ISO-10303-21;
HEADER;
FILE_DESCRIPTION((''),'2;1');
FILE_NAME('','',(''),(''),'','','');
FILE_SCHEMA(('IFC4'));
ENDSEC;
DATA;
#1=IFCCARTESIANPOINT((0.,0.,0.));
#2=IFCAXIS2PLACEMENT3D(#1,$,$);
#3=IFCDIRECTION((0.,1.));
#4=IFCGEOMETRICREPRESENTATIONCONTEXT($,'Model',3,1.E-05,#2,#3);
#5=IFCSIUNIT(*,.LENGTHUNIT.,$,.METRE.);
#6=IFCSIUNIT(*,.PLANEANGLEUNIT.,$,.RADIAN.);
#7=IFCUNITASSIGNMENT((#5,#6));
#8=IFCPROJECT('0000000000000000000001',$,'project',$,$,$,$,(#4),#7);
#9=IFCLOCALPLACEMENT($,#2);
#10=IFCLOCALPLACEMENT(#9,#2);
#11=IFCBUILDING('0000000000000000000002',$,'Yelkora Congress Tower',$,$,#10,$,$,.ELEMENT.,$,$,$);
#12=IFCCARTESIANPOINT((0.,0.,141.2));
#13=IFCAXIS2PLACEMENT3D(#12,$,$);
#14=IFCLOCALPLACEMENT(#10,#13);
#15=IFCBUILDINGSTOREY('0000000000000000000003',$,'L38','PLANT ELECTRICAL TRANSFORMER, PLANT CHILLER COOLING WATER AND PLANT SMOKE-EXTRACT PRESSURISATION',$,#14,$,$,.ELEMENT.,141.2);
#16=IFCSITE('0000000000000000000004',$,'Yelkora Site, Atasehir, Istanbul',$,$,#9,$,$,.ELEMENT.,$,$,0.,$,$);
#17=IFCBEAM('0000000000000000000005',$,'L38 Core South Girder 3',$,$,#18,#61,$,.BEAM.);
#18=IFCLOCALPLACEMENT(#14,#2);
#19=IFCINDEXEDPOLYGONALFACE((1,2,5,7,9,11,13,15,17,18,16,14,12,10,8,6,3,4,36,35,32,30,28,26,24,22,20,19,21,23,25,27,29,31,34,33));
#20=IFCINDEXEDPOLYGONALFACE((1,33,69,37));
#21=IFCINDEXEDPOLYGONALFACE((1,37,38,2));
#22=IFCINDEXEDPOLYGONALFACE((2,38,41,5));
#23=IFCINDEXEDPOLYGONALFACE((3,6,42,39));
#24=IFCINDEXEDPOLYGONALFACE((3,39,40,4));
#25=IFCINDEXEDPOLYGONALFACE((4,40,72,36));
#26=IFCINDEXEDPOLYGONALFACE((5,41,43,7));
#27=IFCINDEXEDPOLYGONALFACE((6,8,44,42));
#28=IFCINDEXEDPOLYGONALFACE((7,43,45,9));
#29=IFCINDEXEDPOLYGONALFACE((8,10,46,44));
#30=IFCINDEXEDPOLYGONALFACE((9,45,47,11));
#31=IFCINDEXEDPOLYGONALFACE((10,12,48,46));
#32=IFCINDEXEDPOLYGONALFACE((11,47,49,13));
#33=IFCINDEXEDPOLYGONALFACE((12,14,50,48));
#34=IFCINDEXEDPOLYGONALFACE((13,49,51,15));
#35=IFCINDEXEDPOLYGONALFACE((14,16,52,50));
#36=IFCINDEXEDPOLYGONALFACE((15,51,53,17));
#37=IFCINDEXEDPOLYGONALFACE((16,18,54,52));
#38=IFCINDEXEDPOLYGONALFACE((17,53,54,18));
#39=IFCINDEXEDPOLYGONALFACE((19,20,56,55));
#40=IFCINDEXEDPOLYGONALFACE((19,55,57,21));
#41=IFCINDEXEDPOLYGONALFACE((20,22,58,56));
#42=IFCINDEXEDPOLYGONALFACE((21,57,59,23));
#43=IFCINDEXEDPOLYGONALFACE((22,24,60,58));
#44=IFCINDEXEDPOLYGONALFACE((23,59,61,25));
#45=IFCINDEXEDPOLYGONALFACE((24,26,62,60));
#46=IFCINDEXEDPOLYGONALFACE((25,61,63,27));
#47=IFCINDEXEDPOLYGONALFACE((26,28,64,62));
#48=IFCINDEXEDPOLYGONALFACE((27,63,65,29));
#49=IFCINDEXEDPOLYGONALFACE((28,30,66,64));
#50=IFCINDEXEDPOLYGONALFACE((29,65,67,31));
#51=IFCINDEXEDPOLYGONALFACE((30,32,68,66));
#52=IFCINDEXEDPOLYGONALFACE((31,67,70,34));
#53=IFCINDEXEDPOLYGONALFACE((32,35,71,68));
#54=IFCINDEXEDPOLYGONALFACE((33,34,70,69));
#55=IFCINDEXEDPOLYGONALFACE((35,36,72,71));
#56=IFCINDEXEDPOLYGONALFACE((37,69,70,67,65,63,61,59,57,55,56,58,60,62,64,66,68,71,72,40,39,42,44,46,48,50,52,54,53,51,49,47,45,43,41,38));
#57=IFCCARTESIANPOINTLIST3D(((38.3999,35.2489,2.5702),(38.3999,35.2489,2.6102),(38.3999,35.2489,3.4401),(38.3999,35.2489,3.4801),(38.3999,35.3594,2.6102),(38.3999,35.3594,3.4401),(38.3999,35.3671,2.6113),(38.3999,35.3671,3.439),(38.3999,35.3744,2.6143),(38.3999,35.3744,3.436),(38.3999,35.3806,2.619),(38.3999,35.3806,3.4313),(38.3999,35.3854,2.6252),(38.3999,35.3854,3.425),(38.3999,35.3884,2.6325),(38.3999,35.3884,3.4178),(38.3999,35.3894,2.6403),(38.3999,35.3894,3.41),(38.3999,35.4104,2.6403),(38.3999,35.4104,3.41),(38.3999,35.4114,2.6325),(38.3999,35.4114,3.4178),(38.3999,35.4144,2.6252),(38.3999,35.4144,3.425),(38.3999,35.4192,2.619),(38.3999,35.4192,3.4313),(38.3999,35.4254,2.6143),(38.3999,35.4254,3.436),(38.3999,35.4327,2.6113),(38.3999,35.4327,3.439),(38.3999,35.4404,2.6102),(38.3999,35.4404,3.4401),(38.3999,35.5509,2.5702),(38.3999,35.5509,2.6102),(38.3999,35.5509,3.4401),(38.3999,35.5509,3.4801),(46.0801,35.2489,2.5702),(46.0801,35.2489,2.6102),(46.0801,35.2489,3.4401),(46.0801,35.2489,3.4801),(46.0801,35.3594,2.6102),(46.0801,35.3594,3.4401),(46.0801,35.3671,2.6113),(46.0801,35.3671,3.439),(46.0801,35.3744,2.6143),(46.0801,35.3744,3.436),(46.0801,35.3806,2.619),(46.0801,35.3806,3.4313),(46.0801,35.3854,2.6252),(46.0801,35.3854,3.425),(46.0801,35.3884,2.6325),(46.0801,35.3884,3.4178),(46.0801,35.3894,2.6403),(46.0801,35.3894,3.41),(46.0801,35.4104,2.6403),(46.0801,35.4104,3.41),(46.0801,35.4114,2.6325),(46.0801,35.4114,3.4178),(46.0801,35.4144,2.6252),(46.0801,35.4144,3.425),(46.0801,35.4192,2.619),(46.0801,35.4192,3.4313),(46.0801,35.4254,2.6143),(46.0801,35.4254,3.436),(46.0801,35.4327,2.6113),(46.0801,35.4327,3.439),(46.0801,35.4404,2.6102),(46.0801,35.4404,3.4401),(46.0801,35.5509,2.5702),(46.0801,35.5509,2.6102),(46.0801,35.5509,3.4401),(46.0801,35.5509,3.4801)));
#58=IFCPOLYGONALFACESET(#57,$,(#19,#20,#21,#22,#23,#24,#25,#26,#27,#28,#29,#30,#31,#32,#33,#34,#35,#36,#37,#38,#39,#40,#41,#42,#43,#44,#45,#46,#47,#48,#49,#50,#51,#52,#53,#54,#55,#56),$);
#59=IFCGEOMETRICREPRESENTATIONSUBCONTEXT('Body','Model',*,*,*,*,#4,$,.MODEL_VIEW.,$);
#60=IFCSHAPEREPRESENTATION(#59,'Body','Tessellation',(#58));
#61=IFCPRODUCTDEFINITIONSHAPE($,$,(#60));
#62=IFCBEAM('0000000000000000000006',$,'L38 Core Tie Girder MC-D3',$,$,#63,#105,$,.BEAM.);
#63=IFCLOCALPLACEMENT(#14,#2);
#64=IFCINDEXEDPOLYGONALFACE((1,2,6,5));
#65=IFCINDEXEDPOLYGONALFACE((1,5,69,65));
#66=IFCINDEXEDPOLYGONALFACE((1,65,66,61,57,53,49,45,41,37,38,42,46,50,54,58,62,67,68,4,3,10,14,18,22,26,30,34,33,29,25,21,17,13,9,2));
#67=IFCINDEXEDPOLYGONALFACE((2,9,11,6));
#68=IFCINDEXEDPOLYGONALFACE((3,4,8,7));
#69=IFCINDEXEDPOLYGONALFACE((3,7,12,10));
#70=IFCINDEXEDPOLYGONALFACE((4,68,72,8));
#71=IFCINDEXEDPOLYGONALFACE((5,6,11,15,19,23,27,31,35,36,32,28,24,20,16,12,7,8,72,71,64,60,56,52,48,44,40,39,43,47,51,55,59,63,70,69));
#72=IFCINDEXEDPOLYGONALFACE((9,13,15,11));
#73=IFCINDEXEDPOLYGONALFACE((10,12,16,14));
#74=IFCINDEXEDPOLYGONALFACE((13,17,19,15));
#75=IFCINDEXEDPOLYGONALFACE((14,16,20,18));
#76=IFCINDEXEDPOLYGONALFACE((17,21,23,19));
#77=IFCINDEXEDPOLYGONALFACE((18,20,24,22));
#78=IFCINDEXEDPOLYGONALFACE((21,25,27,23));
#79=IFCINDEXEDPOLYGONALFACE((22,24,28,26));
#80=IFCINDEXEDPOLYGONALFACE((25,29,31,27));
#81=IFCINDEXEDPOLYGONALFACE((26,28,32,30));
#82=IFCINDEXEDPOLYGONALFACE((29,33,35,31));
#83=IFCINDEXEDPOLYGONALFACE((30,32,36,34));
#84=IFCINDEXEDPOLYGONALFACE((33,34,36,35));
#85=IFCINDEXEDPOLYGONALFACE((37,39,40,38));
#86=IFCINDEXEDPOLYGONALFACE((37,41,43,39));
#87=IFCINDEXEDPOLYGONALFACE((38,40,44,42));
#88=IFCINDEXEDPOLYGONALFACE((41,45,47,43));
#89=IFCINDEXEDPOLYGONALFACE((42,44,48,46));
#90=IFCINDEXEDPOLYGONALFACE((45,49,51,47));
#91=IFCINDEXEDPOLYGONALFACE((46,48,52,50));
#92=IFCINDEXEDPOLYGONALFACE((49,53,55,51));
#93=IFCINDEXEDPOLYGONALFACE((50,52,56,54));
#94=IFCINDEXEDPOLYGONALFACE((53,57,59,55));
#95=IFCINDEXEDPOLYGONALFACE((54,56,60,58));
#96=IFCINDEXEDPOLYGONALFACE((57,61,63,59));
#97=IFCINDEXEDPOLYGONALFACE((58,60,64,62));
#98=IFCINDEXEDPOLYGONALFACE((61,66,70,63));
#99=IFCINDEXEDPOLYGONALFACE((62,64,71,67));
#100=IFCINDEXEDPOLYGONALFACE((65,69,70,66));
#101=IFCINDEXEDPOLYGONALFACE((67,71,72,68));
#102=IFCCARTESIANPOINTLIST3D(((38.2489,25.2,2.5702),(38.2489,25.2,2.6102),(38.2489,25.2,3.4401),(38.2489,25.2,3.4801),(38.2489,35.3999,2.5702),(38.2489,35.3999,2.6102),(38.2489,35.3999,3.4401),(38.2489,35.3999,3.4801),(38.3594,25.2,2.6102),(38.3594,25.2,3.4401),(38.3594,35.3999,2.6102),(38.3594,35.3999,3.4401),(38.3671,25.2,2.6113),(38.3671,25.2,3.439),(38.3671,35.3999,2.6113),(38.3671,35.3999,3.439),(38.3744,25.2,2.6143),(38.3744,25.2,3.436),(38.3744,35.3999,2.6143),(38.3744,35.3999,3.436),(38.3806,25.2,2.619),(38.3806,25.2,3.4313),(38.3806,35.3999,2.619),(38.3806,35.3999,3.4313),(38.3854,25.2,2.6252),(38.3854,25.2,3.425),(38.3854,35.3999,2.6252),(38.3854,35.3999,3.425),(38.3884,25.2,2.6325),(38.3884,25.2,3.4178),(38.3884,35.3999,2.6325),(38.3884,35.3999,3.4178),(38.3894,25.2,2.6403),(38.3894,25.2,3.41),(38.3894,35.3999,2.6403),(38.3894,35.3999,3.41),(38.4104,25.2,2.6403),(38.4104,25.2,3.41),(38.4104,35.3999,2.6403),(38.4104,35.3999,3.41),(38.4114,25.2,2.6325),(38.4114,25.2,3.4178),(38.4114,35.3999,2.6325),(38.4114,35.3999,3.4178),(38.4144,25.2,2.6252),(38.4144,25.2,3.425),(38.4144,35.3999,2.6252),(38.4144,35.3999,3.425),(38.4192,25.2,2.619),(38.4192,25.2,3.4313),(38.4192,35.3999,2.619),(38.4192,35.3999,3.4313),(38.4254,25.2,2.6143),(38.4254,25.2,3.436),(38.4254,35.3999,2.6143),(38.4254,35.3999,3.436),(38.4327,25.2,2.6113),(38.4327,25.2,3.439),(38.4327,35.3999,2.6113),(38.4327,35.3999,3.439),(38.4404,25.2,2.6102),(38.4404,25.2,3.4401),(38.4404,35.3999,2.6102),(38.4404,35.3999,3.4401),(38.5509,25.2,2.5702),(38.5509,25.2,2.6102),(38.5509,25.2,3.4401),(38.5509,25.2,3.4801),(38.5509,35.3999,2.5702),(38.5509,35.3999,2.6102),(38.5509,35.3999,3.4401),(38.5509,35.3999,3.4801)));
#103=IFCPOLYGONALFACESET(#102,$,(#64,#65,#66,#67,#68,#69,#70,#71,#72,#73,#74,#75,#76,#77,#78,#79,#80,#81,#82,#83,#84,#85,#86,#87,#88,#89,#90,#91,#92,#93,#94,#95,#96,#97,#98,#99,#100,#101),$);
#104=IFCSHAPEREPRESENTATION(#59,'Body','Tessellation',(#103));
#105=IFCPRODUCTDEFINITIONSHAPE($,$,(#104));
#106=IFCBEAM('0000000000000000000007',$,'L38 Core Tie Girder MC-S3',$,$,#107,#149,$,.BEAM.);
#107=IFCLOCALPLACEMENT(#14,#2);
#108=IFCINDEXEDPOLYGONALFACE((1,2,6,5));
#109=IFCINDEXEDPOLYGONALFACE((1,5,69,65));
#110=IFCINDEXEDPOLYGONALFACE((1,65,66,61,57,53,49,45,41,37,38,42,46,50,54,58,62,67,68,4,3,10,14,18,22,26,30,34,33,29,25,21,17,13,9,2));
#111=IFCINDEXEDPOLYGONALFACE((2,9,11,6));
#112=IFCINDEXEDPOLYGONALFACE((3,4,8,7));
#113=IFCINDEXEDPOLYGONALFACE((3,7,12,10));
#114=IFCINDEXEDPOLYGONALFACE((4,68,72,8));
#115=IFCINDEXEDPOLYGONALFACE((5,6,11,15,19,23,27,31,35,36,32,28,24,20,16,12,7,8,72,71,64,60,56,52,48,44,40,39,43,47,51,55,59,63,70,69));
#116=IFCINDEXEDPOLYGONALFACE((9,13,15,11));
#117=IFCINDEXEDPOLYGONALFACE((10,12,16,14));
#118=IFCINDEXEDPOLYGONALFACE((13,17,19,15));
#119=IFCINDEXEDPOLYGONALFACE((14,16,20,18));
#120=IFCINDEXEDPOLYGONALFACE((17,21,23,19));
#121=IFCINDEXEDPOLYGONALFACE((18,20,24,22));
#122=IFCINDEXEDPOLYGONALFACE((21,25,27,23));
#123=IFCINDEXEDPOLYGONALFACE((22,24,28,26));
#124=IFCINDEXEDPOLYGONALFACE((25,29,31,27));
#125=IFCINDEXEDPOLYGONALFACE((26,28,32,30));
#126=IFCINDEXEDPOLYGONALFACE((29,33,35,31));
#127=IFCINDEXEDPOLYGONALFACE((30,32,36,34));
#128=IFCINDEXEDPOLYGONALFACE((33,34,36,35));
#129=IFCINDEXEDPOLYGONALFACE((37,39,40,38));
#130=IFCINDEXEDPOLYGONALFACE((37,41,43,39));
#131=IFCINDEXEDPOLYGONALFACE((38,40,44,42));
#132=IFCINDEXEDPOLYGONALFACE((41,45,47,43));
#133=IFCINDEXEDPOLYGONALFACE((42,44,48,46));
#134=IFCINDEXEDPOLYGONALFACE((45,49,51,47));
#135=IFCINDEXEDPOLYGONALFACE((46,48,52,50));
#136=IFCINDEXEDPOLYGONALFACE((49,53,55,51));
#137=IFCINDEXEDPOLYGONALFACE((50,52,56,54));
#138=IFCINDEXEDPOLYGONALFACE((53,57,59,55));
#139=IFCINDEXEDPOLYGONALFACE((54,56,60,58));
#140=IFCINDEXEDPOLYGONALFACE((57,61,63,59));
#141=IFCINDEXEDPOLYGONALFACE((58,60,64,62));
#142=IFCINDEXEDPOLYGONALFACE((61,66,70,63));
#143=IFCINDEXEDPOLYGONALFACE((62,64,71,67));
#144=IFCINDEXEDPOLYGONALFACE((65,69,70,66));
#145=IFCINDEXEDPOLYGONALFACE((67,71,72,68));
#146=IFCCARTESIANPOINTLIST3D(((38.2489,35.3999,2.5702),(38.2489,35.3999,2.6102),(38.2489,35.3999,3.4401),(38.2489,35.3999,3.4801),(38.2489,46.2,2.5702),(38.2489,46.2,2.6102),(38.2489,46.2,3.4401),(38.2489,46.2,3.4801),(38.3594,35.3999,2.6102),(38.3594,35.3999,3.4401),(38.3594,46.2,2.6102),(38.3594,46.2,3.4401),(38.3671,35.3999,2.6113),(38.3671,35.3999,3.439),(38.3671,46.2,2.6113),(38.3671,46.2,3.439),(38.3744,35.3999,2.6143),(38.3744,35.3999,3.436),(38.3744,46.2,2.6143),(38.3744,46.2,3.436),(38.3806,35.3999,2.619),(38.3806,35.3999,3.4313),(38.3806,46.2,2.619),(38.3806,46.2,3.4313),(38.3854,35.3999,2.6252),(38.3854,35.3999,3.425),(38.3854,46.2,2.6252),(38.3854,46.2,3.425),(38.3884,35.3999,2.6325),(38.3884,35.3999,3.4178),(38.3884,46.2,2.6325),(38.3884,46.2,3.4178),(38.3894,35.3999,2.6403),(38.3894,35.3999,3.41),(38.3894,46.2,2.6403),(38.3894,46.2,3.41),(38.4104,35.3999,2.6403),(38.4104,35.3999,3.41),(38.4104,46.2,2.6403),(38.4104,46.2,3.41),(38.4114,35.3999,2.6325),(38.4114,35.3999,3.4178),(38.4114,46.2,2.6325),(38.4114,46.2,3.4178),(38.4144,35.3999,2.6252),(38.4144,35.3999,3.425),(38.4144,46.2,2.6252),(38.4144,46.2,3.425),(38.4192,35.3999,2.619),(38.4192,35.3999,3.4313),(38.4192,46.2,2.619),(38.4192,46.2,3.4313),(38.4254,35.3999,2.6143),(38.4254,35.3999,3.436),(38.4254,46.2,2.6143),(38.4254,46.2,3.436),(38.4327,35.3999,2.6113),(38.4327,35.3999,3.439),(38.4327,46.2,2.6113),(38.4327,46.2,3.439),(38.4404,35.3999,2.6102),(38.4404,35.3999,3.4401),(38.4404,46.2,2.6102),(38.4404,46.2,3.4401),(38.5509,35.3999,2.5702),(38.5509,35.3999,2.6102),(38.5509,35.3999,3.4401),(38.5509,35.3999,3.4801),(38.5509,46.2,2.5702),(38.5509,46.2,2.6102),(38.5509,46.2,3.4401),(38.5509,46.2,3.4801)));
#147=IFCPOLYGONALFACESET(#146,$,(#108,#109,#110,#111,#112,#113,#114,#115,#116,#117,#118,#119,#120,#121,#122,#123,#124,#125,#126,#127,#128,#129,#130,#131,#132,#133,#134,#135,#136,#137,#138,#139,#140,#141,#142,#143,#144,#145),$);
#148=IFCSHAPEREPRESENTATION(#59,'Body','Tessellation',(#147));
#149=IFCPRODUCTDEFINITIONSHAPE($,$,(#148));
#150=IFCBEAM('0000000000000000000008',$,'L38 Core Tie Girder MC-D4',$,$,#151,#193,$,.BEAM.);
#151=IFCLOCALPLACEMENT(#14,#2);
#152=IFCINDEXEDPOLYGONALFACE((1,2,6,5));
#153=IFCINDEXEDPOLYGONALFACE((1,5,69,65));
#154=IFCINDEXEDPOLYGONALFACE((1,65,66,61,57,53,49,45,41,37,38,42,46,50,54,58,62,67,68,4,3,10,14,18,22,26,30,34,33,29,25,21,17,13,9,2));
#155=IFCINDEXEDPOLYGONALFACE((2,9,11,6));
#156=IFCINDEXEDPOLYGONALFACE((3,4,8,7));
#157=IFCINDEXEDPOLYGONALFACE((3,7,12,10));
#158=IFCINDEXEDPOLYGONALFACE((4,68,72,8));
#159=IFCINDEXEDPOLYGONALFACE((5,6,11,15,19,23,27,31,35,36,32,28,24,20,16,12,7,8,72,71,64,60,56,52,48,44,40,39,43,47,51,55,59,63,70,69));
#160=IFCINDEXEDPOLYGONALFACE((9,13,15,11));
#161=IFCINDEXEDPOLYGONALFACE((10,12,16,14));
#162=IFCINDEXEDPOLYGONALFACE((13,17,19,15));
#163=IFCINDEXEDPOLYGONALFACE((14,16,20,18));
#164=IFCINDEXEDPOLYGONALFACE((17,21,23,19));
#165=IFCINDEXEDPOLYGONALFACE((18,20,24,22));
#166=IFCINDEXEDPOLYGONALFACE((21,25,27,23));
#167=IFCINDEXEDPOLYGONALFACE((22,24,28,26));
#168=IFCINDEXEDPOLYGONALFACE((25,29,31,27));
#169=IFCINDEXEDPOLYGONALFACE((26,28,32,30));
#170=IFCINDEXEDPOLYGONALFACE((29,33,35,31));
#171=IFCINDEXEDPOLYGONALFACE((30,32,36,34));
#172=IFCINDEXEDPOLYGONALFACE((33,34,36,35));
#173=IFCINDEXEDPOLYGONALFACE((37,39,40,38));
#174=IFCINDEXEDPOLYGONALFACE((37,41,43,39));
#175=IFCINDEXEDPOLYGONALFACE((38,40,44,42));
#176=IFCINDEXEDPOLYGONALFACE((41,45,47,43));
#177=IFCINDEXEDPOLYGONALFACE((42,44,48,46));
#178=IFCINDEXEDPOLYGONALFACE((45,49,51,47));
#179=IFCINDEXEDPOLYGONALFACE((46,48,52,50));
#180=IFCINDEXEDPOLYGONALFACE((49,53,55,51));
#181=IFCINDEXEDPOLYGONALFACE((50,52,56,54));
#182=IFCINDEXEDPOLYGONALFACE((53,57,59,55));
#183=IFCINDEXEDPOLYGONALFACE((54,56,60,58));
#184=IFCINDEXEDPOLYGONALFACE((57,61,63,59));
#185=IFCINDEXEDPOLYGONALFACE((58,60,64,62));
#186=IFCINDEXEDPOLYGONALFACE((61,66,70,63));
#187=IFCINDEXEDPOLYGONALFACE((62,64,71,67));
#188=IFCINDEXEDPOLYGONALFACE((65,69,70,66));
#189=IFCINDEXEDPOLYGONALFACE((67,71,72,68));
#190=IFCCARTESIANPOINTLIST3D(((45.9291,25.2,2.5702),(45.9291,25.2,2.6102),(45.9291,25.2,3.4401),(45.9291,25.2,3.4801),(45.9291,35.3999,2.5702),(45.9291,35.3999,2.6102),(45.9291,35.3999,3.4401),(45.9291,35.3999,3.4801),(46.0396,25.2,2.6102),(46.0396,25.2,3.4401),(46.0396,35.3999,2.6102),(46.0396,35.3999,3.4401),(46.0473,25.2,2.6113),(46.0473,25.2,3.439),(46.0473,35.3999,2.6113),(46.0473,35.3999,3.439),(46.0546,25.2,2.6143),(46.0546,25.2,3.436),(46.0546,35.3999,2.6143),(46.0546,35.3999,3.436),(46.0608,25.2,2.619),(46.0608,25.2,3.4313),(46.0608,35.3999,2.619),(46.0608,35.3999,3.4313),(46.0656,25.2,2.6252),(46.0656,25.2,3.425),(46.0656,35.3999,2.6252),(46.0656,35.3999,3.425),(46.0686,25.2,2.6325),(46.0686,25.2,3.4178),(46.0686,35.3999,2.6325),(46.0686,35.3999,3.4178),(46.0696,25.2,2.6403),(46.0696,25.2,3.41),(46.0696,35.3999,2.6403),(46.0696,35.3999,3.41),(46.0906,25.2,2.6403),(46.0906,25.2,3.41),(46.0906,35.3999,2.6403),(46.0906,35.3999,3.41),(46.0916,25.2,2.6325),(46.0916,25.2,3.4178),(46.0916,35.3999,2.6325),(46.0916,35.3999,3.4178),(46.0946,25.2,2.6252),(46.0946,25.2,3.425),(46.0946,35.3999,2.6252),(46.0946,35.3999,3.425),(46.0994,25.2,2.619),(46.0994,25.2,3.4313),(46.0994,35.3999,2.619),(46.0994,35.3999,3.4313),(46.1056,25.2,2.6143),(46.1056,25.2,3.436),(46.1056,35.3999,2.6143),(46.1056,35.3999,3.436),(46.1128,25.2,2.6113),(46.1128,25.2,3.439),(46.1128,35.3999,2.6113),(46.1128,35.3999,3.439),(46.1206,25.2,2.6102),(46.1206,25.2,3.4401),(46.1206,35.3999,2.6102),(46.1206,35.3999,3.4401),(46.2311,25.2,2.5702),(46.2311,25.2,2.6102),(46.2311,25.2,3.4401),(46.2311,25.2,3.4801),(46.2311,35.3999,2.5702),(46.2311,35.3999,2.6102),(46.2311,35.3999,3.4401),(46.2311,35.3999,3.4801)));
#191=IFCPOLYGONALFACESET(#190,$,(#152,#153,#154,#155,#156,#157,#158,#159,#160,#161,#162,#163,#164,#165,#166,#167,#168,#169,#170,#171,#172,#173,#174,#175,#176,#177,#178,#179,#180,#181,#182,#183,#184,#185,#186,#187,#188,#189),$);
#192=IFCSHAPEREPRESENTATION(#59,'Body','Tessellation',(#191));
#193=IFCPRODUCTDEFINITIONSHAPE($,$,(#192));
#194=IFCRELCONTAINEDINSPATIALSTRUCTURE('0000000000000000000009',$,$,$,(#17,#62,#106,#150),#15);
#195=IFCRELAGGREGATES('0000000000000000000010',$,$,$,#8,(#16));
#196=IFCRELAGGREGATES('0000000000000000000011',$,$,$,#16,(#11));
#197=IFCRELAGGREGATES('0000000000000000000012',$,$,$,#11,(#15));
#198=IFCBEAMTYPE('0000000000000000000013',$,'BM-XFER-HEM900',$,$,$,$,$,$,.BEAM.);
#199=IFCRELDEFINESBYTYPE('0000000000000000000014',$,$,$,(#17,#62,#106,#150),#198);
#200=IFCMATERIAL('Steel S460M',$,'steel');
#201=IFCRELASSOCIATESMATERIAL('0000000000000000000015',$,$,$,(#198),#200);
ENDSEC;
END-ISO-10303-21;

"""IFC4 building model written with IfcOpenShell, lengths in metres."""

from ifc_helpers import new_model, si_unit, direction, frame, origin, origin_2d, place, context, subcontext, project, spatial, i_section, extrude, material, material_profile, profile_set, type_object, element, save


model = new_model("IFC4")

# Units and contexts
model_context = context("Model", 3, precision=1e-05, world=origin(), true_north=direction((0.0, 1.0)))
body_context = subcontext(model_context, "Body", "Model", "MODEL_VIEW")
ifc_project = project(units=[si_unit("LENGTHUNIT", "METRE"), si_unit("PLANEANGLEUNIT", "RADIAN")], contexts=[model_context])

# Site, building, storey
site_placement = place(None, origin())
site = spatial("IfcSite", under=ifc_project, at=site_placement, Name="Yelkora Site, Atasehir, Istanbul", CompositionType="ELEMENT", RefElevation=0.0)
building_placement = place(site_placement, origin())
building = spatial("IfcBuilding", under=site, at=building_placement, Name="Yelkora Congress Tower", CompositionType="ELEMENT")
storey_placement = place(building_placement, frame((0.0, 0.0, 141.2)))
storey = spatial("IfcBuildingStorey", under=building, at=storey_placement, Name="L38", Description="PLANT ELECTRICAL TRANSFORMER, PLANT CHILLER COOLING WATER AND PLANT SMOKE-EXTRACT PRESSURISATION", CompositionType="ELEMENT", Elevation=141.2)

# Shared definitions
ifc_material_1 = material(Name="Steel S460M", Category="steel")

# Beams
ifc_material_profile_1 = material_profile(ifc_material_1, i_section(OverallWidth=0.302, OverallDepth=0.9099, WebThickness=0.021, FlangeThickness=0.04, FilletRadius=0.03, at=origin_2d()), Name="HEM 900")
ifc_profile_set_1 = profile_set([ifc_material_profile_1], Name="Steel S460M")
beam_type = type_object("IfcBeamType", Name="BM-XFER-HEM900", PredefinedType="BEAM", material=ifc_profile_set_1)
beam_1_placement = place(storey_placement, frame((38.3999, 35.3999, 3.0251), z_axis=(1.0, 0.0, 0.0), x_axis=(0.0, 1.0, 0.0)))
element("IfcBeam", 1, at=beam_1_placement, inside=storey, type_object=beam_type, Name="L38 Core South Girder 3", PredefinedType="BEAM", context=body_context, shape_type="SweptSolid", body=[
    extrude(i_section(OverallWidth=0.302, OverallDepth=0.9099, WebThickness=0.021, FlangeThickness=0.04, FilletRadius=0.03, at=origin_2d()), origin(), (0.0, 0.0, 1.0), 7.6802),
])
beam_2_placement = place(storey_placement, frame((38.3999, 25.2, 3.0251), z_axis=(0.0, 1.0, 0.0), x_axis=(-1.0, 0.0, 0.0)))
element("IfcBeam", 2, at=beam_2_placement, inside=storey, type_object=beam_type, Name="L38 Core Tie Girder MC-D3", PredefinedType="BEAM", context=body_context, shape_type="SweptSolid", body=[
    extrude(i_section(OverallWidth=0.302, OverallDepth=0.9099, WebThickness=0.021, FlangeThickness=0.04, FilletRadius=0.03, at=origin_2d()), origin(), (0.0, 0.0, 1.0), 10.2),
])
beam_3_placement = place(storey_placement, frame((38.3999, 35.3999, 3.0251), z_axis=(0.0, 1.0, 0.0), x_axis=(-1.0, 0.0, 0.0)))
element("IfcBeam", 3, at=beam_3_placement, inside=storey, type_object=beam_type, Name="L38 Core Tie Girder MC-S3", PredefinedType="BEAM", context=body_context, shape_type="SweptSolid", body=[
    extrude(i_section(OverallWidth=0.302, OverallDepth=0.9099, WebThickness=0.021, FlangeThickness=0.04, FilletRadius=0.03, at=origin_2d()), origin(), (0.0, 0.0, 1.0), 10.8),
])
beam_4_placement = place(storey_placement, frame((46.0801, 25.2, 3.0251), z_axis=(0.0, 1.0, 0.0), x_axis=(-1.0, 0.0, 0.0)))
element("IfcBeam", 4, at=beam_4_placement, inside=storey, type_object=beam_type, Name="L38 Core Tie Girder MC-D4", PredefinedType="BEAM", context=body_context, shape_type="SweptSolid", body=[
    extrude(i_section(OverallWidth=0.302, OverallDepth=0.9099, WebThickness=0.021, FlangeThickness=0.04, FilletRadius=0.03, at=origin_2d()), origin(), (0.0, 0.0, 1.0), 10.2),
])

save(model, "model.ifc")
